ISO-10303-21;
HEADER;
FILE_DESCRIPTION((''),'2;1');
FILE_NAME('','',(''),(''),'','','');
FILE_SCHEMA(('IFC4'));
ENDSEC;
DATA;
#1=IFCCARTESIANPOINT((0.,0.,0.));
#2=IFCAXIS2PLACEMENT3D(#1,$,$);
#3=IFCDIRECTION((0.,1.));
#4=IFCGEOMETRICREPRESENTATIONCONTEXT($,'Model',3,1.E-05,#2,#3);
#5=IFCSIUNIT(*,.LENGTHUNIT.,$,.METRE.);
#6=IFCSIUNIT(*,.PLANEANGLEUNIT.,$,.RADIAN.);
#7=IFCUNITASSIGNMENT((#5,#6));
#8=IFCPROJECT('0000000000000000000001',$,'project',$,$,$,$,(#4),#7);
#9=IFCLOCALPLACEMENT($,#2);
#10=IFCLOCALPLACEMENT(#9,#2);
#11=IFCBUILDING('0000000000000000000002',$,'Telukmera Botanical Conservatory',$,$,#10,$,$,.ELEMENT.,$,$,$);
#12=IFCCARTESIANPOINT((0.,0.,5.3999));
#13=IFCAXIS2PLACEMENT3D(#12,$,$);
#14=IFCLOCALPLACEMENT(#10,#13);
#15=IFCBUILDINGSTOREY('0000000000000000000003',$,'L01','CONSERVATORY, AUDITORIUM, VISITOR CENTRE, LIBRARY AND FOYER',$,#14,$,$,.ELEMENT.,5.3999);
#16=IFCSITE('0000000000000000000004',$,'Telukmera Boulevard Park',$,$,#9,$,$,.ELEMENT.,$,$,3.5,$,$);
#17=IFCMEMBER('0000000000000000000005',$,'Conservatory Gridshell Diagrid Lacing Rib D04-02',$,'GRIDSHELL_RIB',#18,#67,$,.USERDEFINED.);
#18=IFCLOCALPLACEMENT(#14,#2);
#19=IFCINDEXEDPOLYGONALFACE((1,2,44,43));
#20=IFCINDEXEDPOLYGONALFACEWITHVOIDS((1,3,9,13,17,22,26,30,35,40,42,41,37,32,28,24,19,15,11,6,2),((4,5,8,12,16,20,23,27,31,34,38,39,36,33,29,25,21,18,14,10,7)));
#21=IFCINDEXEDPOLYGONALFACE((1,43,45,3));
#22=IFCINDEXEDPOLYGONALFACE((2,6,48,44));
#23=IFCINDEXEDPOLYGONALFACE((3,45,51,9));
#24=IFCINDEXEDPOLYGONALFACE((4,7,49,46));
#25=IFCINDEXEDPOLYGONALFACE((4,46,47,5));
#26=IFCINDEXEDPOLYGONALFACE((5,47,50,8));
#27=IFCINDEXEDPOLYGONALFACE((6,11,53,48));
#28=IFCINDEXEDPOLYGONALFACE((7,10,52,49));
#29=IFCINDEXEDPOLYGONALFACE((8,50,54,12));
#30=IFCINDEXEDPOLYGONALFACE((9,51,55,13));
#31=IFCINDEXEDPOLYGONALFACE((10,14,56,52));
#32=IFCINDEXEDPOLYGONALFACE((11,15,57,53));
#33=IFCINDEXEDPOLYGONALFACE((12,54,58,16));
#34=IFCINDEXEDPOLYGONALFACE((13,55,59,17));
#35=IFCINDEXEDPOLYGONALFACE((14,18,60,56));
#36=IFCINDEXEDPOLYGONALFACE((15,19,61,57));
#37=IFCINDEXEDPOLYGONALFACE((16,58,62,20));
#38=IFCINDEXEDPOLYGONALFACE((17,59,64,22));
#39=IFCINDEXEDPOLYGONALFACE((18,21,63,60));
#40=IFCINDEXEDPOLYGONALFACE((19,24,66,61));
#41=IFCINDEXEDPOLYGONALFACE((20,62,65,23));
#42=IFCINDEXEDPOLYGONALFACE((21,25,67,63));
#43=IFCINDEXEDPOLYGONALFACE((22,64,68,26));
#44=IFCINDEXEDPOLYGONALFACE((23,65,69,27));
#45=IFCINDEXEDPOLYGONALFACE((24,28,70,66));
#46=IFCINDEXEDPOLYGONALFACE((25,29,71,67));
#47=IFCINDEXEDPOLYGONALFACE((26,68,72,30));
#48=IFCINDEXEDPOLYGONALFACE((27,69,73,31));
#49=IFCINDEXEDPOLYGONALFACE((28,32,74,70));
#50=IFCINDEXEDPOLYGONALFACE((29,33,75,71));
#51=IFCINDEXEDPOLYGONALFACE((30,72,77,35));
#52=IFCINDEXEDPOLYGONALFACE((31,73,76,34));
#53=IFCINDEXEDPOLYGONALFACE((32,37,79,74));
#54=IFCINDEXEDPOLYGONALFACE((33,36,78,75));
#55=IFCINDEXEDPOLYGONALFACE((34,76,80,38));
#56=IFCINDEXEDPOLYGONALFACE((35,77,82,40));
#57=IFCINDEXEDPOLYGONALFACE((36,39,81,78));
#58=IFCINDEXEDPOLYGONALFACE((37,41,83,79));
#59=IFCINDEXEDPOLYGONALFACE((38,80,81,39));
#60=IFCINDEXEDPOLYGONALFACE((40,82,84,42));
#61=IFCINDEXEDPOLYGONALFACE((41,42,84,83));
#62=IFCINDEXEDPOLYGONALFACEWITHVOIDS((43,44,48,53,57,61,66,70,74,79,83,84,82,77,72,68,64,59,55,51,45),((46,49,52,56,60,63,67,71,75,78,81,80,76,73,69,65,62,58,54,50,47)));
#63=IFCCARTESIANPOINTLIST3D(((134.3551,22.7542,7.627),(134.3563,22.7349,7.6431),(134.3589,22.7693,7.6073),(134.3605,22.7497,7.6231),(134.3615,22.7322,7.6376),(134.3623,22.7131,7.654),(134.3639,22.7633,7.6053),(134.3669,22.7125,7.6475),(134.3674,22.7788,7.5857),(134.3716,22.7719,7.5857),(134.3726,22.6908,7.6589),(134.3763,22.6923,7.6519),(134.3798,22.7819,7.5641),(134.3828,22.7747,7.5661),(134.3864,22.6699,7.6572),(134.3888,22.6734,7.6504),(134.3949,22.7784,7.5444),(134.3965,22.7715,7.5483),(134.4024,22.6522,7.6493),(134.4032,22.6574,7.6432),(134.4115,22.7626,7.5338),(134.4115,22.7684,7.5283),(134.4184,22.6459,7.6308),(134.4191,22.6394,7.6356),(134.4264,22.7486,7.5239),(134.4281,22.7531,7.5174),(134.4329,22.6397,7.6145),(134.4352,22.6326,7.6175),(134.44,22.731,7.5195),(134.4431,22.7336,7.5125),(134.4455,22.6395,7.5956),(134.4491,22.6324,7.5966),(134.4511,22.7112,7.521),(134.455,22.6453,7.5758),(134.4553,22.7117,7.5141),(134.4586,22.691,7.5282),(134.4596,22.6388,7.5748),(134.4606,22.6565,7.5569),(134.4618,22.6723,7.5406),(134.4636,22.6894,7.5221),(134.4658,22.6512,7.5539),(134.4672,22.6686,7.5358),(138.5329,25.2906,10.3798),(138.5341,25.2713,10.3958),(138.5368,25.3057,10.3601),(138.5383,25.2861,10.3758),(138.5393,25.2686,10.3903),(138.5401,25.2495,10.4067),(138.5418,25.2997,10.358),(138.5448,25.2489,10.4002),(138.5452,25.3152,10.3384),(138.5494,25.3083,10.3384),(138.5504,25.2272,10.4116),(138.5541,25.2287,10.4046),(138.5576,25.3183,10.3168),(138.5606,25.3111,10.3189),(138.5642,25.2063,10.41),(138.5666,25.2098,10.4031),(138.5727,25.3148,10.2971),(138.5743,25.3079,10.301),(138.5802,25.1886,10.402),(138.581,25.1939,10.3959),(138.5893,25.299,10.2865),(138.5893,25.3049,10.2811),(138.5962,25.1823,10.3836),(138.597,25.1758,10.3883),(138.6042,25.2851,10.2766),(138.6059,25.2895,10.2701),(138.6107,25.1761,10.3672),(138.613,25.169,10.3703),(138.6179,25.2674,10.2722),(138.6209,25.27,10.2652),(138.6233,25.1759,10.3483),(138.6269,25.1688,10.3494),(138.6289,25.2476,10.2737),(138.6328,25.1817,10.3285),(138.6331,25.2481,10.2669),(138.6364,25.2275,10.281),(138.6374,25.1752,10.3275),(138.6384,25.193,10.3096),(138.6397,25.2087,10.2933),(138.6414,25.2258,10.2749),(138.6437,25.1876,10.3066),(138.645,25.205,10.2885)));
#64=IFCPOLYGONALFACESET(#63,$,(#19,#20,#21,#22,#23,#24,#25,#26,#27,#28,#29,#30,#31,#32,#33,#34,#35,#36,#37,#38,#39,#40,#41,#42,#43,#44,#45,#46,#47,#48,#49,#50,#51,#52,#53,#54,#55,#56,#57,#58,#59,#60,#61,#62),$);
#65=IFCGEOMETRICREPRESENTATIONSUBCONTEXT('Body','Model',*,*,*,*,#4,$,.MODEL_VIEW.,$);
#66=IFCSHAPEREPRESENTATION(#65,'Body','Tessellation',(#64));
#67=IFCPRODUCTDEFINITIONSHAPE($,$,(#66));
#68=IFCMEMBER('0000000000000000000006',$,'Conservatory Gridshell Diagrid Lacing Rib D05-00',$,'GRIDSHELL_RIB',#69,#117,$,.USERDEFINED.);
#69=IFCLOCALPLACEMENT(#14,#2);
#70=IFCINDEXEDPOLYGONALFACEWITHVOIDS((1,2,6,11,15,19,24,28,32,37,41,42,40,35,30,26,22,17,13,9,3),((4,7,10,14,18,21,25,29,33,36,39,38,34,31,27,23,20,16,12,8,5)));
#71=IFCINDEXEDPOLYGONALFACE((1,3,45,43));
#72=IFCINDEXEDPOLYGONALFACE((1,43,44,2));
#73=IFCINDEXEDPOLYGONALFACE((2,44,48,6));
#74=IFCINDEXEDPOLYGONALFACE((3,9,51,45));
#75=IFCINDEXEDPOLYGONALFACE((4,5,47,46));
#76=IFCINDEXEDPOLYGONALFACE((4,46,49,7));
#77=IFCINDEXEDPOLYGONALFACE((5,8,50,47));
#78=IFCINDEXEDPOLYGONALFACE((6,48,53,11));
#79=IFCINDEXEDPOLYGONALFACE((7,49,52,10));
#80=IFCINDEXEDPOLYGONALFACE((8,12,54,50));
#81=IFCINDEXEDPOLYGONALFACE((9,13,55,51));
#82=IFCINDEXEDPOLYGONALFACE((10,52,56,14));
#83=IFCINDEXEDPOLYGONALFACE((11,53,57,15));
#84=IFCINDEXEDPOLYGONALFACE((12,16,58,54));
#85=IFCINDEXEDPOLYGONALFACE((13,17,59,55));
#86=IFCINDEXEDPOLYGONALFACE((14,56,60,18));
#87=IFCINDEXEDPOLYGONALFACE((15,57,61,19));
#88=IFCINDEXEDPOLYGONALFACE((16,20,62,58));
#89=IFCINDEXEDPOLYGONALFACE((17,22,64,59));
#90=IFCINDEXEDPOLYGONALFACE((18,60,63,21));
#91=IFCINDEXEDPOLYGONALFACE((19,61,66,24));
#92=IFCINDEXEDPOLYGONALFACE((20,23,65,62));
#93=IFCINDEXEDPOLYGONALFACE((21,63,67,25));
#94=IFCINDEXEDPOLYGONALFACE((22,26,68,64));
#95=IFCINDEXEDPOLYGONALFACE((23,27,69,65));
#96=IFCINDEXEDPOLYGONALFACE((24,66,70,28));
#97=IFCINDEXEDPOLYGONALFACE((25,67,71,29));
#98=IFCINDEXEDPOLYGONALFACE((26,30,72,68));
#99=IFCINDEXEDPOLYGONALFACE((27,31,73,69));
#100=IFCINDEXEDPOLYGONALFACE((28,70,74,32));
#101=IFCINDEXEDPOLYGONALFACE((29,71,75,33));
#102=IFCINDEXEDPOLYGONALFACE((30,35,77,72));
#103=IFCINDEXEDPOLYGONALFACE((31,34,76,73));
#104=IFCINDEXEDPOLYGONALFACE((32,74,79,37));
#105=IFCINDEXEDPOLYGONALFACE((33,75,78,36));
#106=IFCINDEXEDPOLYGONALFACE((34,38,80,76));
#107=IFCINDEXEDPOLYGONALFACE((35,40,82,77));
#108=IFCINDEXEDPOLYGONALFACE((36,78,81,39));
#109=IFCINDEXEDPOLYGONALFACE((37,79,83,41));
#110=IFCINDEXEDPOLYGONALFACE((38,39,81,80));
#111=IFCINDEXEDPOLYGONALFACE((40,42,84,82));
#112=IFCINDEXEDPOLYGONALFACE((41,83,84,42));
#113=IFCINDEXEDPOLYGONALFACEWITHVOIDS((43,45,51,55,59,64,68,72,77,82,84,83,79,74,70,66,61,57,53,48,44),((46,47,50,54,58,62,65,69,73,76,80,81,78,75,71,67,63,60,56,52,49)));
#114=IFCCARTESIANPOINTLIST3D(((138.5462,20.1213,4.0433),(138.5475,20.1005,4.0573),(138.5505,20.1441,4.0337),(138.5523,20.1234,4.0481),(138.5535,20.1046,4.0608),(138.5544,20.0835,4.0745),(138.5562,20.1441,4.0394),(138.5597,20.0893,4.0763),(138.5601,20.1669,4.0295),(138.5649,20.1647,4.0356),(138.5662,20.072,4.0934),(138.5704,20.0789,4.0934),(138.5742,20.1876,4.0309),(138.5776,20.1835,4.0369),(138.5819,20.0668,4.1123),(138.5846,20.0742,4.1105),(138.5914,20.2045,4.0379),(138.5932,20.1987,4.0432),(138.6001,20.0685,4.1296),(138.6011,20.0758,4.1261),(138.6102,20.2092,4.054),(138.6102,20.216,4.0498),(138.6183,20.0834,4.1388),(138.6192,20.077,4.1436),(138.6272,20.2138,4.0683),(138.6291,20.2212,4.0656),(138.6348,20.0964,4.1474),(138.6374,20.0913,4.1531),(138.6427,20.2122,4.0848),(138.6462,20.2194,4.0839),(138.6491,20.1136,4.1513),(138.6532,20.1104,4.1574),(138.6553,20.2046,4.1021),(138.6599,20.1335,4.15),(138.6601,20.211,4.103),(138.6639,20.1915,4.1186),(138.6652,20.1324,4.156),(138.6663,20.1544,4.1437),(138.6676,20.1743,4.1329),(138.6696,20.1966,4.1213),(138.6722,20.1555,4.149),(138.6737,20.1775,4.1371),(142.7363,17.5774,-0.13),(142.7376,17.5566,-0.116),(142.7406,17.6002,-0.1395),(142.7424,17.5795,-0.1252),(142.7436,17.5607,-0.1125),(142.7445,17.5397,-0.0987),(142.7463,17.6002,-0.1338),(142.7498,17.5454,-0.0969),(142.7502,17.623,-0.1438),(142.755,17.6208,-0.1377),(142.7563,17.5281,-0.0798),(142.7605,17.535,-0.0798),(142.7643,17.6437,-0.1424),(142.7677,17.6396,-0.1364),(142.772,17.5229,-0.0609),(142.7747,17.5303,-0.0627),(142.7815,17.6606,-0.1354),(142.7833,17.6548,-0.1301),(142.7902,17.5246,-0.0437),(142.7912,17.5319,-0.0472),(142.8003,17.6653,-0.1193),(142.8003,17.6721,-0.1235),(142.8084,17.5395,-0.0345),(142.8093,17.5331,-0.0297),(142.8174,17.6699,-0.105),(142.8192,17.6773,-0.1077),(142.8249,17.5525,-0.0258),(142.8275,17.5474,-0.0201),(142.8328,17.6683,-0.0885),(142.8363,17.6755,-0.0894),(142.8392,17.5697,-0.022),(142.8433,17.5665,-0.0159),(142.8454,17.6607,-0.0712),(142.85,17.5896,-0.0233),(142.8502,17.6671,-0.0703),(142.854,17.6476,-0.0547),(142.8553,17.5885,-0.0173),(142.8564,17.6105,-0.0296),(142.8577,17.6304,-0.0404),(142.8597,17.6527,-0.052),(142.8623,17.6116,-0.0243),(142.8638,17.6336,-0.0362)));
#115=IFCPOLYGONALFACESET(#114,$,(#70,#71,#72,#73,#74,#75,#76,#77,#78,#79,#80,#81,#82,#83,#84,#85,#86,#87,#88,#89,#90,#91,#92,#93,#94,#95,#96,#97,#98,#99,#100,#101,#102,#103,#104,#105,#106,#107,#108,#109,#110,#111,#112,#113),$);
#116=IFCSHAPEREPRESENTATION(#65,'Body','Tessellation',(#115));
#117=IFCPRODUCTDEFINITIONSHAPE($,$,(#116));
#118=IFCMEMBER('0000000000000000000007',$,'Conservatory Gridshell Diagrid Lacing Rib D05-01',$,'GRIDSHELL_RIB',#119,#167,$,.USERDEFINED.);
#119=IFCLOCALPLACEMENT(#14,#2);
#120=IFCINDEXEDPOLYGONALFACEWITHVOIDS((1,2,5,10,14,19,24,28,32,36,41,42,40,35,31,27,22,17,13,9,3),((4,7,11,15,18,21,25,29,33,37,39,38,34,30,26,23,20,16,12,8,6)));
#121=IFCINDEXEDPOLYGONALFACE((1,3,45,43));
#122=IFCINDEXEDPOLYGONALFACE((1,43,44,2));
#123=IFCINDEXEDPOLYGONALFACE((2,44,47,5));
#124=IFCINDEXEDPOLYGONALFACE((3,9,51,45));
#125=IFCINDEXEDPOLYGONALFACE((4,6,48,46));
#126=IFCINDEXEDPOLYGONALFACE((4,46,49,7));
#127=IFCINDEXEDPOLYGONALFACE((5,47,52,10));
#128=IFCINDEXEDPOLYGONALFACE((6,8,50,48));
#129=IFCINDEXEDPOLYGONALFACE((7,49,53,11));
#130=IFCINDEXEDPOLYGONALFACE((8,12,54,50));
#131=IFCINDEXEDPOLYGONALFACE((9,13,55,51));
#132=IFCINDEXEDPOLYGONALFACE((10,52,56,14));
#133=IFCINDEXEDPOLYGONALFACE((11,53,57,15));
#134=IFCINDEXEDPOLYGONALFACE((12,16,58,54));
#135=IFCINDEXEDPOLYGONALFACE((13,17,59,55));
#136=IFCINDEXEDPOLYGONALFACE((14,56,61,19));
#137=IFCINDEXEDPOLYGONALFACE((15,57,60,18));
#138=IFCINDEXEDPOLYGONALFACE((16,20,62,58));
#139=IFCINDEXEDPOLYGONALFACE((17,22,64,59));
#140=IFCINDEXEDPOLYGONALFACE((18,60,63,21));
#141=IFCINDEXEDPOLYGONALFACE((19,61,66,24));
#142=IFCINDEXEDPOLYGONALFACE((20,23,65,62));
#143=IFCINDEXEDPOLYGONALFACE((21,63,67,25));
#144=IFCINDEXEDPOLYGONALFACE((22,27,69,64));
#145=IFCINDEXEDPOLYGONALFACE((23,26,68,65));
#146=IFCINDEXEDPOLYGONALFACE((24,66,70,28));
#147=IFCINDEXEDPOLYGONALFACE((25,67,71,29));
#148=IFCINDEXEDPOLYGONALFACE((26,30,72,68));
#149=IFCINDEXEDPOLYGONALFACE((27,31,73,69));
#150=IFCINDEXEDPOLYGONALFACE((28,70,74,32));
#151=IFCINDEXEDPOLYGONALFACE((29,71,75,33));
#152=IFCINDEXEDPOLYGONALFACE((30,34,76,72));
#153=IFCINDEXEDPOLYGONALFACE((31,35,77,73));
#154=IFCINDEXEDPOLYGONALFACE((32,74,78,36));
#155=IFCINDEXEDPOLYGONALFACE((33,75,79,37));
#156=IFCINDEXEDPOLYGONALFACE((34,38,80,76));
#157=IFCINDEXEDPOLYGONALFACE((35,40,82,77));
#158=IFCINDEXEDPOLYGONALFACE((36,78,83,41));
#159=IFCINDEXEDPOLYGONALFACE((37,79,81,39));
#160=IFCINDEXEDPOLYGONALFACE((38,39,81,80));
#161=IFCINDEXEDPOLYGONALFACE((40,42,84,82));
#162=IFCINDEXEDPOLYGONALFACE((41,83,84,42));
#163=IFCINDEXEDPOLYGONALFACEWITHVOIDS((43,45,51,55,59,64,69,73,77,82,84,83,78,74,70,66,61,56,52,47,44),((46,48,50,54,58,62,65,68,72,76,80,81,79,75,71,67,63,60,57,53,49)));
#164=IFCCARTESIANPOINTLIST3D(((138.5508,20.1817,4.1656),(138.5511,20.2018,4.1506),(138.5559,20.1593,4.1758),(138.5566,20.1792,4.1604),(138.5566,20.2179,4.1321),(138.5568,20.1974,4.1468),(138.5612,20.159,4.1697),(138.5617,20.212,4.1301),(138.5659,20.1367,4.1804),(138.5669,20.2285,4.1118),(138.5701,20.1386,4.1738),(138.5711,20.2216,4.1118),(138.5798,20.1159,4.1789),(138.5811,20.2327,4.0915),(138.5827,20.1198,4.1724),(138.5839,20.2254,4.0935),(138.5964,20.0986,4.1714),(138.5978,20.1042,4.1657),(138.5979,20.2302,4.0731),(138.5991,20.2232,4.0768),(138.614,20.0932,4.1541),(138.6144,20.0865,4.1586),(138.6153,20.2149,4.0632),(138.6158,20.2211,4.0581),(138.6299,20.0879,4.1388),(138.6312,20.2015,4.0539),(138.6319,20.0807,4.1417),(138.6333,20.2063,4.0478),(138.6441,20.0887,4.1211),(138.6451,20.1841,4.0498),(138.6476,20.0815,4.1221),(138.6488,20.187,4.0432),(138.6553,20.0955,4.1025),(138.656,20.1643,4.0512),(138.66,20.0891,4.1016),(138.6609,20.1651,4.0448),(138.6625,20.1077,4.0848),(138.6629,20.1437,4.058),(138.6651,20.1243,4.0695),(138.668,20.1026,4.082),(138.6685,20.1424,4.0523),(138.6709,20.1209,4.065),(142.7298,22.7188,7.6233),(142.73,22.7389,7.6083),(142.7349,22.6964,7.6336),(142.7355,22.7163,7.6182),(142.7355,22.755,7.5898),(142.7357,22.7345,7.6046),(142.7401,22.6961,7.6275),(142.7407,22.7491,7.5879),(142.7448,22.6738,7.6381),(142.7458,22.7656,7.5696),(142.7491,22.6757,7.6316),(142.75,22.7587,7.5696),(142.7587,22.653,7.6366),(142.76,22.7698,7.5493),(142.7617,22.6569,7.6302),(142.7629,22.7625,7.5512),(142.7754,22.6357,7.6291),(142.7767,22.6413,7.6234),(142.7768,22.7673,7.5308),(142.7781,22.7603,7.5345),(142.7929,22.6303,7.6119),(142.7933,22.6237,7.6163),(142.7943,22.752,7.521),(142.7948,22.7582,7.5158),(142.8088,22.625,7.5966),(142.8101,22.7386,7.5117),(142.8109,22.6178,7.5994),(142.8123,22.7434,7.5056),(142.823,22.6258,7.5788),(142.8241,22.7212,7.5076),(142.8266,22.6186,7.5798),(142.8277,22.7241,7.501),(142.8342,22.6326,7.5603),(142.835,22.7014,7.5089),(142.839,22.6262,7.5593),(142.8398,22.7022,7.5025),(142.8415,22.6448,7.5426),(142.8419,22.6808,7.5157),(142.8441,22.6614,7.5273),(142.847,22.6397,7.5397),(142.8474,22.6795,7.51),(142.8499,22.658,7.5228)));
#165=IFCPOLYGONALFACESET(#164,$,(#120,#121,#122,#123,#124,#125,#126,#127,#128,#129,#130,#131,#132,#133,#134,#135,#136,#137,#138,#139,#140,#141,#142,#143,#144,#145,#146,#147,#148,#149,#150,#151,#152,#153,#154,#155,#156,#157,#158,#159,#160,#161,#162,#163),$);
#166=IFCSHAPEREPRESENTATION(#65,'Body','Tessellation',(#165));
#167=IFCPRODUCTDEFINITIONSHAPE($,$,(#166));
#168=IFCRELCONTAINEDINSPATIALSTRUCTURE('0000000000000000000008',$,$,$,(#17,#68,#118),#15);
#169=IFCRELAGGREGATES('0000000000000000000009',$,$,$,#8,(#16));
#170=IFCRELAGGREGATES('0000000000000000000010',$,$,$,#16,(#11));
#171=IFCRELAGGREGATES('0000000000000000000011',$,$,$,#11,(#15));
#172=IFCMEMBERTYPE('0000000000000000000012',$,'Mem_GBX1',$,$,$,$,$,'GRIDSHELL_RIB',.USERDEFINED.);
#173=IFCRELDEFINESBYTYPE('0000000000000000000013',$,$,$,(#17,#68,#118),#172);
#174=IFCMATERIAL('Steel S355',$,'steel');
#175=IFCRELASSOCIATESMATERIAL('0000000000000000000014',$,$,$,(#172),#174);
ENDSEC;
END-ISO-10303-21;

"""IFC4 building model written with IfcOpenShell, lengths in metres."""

from ifc_helpers import new_model, si_unit, direction, frame, origin, origin_2d, place, context, subcontext, project, spatial, hollow_circle, extrude, material, material_profile, profile_set, type_object, element, save


model = new_model("IFC4")

# Units and contexts
model_context = context("Model", 3, precision=1e-05, world=origin(), true_north=direction((0.0, 1.0)))
body_context = subcontext(model_context, "Body", "Model", "MODEL_VIEW")
ifc_project = project(units=[si_unit("LENGTHUNIT", "METRE"), si_unit("PLANEANGLEUNIT", "RADIAN")], contexts=[model_context])

# Site, building, storey
site_placement = place(None, origin())
site = spatial("IfcSite", under=ifc_project, at=site_placement, Name="Telukmera Boulevard Park", CompositionType="ELEMENT", RefElevation=3.5)
building_placement = place(site_placement, origin())
building = spatial("IfcBuilding", under=site, at=building_placement, Name="Telukmera Botanical Conservatory", CompositionType="ELEMENT")
storey_placement = place(building_placement, frame((0.0, 0.0, 5.3999)))
storey = spatial("IfcBuildingStorey", under=building, at=storey_placement, Name="L01", Description="CONSERVATORY, AUDITORIUM, VISITOR CENTRE, LIBRARY AND FOYER", CompositionType="ELEMENT", Elevation=5.3999)

# Shared definitions
ifc_material_1 = material(Name="Steel S355", Category="steel")

# Members
ifc_material_profile_1 = material_profile(ifc_material_1, hollow_circle(Radius=0.0842, WallThickness=0.0081, at=origin_2d()), Name="CHS 168.3x8.0")
ifc_profile_set_1 = profile_set([ifc_material_profile_1], Name="Steel S355")
member_type_1 = type_object("IfcMemberType", Name="Mem_GBX1", ElementType="GRIDSHELL_RIB", PredefinedType="USERDEFINED", material=ifc_profile_set_1)
member_1_placement = place(storey_placement, frame((134.4111, 22.7068, 7.5857), z_axis=(0.744791, 0.452176, 0.490738), x_axis=(-0.518962, 0.854797, 0.0)))
element("IfcMember", 1, at=member_1_placement, inside=storey, type_object=member_type_1, Name="Conservatory Gridshell Diagrid Lacing Rib D04-02", ObjectType="GRIDSHELL_RIB", PredefinedType="USERDEFINED", context=body_context, shape_type="SweptSolid", body=[
    extrude(hollow_circle(Radius=0.0842, WallThickness=0.0081, at=origin_2d()), origin(), (0.0, 0.0, 1.0), 5.6094),
])
member_2_placement = place(storey_placement, frame((142.8, 17.6001, -0.0798), z_axis=(-0.650866, 0.395154, 0.648249), x_axis=(-0.518964, -0.854796, 0.0)))
element("IfcMember", 2, at=member_2_placement, inside=storey, type_object=member_type_1, Name="Conservatory Gridshell Diagrid Lacing Rib D05-00", ObjectType="GRIDSHELL_RIB", PredefinedType="USERDEFINED", context=body_context, shape_type="SweptSolid", body=[
    extrude(hollow_circle(Radius=0.0842, WallThickness=0.0081, at=origin_2d()), origin(), (0.0, 0.0, 1.0), 6.4377),
])
member_3_placement = place(storey_placement, frame((138.6106, 20.1565, 4.1118), z_axis=(0.697883, 0.423696, 0.577444), x_axis=(-0.518961, 0.854798, 0.0)))
element("IfcMember", 3, at=member_3_placement, inside=storey, type_object=member_type_1, Name="Conservatory Gridshell Diagrid Lacing Rib D05-01", ObjectType="GRIDSHELL_RIB", PredefinedType="USERDEFINED", context=body_context, shape_type="SweptSolid", body=[
    extrude(hollow_circle(Radius=0.0842, WallThickness=0.0081, at=origin_2d()), origin(), (0.0, 0.0, 1.0), 5.988),
])

save(model, "model.ifc")
